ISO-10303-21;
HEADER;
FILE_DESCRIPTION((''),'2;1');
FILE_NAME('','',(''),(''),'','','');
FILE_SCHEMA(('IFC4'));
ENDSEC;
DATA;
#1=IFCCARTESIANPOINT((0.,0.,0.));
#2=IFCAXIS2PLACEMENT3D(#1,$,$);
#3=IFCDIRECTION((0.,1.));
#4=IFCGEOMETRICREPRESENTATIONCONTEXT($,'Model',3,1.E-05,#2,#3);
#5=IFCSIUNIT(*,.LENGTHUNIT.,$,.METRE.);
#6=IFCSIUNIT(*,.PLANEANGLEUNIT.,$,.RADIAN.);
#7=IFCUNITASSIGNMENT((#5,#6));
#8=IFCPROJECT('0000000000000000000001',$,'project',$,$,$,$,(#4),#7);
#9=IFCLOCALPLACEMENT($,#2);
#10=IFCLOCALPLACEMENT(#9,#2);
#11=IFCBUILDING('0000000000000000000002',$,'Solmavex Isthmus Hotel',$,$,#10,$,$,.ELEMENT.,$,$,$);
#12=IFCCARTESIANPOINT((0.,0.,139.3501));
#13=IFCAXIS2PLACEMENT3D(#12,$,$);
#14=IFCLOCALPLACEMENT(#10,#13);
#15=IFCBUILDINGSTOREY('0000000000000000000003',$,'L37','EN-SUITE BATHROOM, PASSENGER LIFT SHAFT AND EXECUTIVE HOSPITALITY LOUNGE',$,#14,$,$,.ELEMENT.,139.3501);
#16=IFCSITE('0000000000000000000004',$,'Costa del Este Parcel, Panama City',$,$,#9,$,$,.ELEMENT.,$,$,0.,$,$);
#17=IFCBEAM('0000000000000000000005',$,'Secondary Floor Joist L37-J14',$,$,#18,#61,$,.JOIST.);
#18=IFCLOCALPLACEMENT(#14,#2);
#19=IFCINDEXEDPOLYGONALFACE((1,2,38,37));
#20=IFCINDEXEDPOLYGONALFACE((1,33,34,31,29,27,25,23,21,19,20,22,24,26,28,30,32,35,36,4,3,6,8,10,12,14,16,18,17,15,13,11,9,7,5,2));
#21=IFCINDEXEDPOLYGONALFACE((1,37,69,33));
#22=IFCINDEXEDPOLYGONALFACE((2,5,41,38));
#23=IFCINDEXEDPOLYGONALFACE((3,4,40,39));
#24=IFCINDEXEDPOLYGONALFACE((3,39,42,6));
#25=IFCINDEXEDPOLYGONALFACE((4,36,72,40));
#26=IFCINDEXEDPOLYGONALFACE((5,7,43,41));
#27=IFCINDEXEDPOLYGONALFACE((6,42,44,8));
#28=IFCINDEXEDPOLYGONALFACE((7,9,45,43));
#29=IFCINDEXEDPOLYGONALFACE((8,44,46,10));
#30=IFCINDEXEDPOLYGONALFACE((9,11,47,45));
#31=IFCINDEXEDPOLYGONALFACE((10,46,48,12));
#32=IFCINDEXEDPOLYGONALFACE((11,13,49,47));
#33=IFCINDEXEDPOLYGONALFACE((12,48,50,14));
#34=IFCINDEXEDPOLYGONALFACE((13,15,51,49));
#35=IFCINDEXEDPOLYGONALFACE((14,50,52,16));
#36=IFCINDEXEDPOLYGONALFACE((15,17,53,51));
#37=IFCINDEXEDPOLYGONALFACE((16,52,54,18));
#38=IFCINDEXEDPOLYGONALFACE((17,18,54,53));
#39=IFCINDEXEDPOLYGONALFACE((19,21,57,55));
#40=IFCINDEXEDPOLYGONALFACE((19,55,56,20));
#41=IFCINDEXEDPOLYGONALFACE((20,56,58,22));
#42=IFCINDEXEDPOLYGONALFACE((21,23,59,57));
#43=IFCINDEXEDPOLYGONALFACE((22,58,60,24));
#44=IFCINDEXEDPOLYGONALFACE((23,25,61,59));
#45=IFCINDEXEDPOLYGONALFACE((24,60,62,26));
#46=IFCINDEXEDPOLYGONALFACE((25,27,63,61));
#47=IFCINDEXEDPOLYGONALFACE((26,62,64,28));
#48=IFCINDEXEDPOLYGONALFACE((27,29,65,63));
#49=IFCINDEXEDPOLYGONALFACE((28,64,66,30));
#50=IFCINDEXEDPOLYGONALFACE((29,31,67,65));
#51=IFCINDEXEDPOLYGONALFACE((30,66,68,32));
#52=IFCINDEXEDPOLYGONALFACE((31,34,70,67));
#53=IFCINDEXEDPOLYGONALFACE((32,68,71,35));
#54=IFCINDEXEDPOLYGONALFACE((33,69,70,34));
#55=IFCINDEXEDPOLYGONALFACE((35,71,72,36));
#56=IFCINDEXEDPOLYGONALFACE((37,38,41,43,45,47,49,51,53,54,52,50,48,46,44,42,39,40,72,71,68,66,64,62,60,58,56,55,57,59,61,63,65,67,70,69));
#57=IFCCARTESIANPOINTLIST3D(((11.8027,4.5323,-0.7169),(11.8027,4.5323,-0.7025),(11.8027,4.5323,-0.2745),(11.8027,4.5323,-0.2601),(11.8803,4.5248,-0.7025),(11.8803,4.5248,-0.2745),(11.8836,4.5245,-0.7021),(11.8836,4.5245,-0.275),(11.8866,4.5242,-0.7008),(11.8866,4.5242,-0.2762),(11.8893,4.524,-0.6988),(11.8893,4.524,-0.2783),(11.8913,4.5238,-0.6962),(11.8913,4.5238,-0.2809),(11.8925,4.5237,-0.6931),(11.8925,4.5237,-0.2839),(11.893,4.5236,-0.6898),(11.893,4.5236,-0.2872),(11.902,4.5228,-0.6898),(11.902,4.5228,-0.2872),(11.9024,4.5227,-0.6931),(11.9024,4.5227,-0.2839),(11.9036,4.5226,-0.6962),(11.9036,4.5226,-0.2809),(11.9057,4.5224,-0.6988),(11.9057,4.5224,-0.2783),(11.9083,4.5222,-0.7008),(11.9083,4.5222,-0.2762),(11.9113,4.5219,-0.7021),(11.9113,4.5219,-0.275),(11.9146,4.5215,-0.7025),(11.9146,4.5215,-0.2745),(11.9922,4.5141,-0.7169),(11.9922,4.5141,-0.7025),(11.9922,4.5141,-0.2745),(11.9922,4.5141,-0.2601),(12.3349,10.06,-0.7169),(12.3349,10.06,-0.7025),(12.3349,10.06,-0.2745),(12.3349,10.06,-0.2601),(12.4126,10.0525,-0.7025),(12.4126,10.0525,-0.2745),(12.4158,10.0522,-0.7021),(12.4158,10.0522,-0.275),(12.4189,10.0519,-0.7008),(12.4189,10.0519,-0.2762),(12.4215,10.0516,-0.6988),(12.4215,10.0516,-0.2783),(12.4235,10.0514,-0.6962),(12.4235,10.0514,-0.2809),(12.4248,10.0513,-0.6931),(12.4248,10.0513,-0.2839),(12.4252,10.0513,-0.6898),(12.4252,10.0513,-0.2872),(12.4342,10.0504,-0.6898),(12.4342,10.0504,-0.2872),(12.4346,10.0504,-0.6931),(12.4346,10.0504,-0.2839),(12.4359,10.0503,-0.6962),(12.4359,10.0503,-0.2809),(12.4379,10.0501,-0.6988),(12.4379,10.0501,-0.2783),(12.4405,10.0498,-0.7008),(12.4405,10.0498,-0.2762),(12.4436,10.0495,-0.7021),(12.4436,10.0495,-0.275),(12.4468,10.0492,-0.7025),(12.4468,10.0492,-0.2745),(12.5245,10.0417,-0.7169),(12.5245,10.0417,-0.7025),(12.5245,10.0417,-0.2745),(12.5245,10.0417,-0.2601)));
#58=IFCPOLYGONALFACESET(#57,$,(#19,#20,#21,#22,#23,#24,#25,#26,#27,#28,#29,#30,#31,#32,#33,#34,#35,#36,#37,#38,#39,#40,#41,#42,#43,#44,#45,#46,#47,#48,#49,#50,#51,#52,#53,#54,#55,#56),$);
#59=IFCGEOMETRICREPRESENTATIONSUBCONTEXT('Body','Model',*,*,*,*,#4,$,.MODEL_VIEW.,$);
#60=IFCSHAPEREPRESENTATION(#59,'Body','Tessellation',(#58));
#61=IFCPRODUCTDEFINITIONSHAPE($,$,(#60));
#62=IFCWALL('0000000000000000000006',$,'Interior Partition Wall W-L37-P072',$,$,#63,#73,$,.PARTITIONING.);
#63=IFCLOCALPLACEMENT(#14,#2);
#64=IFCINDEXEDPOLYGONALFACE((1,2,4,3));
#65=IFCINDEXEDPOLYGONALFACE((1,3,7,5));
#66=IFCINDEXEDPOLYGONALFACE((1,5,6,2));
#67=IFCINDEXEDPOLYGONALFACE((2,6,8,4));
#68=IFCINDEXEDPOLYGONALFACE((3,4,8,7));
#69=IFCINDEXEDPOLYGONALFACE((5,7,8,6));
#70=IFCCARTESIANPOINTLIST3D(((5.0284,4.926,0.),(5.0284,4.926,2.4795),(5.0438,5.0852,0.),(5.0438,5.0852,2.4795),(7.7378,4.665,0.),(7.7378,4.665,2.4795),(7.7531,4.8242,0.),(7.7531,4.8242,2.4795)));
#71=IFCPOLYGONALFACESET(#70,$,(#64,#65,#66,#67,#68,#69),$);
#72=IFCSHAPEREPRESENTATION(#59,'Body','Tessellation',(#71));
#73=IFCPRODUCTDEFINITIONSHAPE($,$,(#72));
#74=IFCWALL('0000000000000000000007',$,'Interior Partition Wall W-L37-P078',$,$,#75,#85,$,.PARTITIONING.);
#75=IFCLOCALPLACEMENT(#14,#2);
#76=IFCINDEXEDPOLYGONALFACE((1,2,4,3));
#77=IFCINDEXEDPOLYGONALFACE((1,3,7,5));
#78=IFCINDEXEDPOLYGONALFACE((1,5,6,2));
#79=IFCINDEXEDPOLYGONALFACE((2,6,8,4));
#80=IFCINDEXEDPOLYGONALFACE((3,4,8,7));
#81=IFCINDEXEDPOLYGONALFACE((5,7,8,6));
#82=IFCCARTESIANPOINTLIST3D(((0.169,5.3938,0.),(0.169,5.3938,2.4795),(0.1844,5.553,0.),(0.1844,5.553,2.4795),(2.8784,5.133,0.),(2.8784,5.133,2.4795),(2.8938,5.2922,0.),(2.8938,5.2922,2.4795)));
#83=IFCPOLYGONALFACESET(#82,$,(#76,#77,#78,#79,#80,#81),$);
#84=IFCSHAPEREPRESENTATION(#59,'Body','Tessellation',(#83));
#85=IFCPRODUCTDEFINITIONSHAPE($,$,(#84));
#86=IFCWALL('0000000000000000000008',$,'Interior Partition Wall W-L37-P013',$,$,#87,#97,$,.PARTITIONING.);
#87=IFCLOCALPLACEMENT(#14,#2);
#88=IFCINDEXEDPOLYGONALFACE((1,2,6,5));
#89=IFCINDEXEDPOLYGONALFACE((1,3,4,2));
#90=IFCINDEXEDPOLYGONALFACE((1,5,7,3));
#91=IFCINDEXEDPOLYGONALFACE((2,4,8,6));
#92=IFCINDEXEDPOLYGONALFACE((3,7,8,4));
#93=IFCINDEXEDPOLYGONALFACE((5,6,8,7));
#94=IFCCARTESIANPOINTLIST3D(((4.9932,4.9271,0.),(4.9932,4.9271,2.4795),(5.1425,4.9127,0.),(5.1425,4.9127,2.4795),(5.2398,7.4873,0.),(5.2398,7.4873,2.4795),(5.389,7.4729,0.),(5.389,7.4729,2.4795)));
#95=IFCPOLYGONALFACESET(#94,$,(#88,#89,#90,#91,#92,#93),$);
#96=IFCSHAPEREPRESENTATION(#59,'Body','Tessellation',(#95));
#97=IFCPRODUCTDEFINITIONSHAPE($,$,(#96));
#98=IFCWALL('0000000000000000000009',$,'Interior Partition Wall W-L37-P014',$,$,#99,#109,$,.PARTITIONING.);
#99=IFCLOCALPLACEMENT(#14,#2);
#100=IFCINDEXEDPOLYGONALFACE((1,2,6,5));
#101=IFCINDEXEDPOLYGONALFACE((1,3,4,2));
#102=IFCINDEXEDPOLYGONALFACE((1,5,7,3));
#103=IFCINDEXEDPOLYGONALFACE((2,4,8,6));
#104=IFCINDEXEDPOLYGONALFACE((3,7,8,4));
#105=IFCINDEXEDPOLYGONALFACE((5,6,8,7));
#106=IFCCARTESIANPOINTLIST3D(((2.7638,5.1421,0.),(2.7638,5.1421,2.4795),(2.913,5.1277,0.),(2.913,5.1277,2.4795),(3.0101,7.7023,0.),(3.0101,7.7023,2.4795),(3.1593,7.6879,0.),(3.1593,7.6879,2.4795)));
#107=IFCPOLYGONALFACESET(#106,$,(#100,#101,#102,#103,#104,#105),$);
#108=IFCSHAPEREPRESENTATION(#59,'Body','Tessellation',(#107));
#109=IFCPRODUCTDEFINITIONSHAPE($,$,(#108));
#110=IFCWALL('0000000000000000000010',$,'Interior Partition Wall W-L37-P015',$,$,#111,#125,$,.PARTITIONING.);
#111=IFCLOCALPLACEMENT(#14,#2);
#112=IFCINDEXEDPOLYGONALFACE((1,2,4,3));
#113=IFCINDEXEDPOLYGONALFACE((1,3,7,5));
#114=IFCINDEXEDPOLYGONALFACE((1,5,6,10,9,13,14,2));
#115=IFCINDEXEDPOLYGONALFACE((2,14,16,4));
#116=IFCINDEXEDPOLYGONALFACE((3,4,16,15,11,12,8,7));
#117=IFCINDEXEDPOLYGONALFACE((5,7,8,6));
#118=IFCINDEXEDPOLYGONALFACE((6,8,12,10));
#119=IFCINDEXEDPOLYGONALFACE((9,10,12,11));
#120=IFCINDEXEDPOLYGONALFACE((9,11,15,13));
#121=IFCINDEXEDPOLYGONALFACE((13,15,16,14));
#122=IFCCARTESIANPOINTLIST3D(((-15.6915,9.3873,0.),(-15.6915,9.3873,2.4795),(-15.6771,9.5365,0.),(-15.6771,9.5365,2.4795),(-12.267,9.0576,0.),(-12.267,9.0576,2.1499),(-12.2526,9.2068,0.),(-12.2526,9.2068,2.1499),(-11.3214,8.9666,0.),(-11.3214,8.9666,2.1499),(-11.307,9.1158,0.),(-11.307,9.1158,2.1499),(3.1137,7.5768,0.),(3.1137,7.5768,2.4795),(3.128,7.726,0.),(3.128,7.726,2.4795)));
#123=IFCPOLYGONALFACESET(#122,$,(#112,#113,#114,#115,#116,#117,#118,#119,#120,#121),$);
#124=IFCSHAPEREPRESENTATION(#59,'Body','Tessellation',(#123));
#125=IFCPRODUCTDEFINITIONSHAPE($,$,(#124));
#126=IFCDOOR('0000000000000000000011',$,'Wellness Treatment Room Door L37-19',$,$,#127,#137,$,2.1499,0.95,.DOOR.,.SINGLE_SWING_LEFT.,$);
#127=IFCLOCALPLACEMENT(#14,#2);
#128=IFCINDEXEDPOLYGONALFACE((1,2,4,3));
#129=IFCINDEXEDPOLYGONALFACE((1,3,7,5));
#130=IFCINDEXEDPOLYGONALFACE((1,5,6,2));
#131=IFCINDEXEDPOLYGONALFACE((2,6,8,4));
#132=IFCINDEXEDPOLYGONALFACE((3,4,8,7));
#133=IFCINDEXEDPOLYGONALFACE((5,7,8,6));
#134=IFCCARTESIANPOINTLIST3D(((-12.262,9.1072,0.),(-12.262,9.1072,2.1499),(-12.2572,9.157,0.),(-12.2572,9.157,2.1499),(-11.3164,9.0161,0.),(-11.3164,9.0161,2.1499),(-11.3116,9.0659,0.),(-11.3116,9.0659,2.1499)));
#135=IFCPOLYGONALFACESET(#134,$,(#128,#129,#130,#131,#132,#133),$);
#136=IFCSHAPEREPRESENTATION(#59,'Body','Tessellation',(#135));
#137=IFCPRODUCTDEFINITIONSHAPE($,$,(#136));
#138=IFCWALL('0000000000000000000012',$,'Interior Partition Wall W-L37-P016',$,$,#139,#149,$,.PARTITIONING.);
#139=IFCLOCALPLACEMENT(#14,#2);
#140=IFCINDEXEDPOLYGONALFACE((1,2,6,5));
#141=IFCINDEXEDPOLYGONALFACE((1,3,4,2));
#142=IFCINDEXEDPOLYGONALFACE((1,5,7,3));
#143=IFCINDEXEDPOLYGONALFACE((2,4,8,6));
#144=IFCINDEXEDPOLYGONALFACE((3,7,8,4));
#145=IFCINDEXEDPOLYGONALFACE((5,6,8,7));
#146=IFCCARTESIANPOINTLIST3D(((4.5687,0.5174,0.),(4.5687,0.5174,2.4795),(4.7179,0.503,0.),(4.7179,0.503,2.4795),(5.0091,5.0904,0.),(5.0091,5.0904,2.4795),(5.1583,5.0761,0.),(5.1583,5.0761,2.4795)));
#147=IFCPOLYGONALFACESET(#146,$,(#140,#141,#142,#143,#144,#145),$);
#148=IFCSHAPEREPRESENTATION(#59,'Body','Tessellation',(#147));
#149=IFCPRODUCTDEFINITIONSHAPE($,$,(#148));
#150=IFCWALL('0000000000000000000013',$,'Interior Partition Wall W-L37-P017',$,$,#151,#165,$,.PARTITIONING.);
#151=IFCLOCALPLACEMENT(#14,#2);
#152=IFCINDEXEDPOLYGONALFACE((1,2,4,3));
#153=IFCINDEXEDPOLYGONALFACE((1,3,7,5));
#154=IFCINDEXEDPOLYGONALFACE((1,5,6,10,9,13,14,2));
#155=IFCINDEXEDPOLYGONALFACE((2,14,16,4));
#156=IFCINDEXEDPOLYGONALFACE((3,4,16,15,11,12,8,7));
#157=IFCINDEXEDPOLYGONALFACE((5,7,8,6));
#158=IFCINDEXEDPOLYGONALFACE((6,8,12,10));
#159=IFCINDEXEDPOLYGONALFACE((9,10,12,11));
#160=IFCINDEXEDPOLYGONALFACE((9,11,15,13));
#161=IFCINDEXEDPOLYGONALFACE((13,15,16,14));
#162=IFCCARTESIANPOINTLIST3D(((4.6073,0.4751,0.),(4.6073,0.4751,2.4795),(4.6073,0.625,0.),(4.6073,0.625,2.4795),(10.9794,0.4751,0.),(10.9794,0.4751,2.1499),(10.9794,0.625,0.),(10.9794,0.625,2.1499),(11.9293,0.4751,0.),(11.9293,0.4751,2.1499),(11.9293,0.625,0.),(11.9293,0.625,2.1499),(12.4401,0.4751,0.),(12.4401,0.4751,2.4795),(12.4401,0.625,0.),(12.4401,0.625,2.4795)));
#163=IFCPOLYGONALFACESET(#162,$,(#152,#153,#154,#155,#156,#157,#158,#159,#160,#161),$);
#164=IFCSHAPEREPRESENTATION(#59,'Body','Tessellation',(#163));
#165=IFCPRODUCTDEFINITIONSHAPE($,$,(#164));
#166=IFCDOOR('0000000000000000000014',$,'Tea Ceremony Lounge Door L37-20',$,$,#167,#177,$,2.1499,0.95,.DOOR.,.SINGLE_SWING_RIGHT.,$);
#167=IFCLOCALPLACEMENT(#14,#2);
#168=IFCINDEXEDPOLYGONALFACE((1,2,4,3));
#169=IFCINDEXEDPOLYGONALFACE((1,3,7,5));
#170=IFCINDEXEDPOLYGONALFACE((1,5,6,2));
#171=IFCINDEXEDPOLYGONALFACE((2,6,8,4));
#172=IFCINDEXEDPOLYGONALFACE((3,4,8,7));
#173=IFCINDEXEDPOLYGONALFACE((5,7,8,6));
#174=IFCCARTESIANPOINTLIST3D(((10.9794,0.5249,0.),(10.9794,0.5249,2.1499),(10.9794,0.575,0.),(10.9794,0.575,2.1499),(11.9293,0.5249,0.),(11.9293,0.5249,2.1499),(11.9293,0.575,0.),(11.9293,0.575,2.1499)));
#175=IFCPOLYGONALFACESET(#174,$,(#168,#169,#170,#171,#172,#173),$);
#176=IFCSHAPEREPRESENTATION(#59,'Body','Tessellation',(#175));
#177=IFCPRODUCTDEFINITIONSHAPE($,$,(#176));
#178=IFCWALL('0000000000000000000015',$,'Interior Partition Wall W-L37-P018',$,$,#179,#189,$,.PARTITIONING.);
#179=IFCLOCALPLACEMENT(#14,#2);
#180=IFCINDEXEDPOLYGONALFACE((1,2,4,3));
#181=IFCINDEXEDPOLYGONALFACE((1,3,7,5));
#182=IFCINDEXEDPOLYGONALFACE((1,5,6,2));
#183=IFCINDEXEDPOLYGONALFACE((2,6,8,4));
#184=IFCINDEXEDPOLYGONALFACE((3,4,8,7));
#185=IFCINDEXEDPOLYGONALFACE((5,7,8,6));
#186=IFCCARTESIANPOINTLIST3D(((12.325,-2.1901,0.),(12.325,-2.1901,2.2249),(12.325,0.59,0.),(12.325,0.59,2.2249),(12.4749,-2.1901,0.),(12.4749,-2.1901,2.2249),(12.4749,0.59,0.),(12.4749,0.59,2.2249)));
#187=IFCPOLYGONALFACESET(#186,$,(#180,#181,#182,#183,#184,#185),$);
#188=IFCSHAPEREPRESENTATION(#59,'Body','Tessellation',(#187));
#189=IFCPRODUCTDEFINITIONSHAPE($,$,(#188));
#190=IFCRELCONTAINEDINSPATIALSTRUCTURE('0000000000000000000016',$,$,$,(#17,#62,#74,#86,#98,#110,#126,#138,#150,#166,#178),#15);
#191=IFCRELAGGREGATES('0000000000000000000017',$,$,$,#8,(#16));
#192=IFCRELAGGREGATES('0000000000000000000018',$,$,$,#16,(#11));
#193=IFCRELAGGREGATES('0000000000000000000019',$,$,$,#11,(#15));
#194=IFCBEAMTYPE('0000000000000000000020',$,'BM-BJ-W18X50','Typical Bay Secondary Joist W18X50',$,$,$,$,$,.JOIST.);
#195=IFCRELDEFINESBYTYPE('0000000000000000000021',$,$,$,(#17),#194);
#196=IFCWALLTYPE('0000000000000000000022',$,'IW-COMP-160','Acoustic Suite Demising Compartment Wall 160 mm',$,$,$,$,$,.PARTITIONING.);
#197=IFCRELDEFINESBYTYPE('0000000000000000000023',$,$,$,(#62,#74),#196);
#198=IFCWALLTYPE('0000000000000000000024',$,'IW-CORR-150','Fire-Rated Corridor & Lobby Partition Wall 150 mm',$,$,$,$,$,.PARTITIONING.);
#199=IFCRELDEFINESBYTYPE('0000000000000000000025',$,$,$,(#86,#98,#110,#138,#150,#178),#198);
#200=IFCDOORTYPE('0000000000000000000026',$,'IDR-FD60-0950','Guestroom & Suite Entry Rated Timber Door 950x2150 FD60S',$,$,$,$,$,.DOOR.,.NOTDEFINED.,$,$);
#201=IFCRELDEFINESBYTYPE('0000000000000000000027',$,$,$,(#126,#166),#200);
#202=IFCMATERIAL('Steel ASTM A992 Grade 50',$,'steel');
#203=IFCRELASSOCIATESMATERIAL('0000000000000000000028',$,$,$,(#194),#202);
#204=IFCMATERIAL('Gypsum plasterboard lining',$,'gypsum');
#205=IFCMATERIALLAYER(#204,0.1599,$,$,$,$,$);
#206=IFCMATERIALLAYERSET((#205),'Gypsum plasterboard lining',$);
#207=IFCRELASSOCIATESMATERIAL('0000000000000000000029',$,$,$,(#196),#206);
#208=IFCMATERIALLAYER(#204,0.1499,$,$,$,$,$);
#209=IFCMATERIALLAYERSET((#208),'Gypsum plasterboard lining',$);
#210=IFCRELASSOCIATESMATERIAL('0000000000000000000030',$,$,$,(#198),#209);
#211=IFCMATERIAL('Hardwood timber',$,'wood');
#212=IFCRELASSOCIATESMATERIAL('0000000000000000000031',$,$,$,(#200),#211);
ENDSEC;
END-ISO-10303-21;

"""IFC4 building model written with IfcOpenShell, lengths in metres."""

from ifc_helpers import new_model, si_unit, direction, frame, frame_2d, origin, origin_2d, place, context, subcontext, project, spatial, rectangle, i_section, extrude, material, layer, layer_set, material_profile, profile_set, type_object, element, fill, save


model = new_model("IFC4")

# Units and contexts
model_context = context("Model", 3, precision=1e-05, world=origin(), true_north=direction((0.0, 1.0)))
body_context = subcontext(model_context, "Body", "Model", "MODEL_VIEW")
ifc_project = project(units=[si_unit("LENGTHUNIT", "METRE"), si_unit("PLANEANGLEUNIT", "RADIAN")], contexts=[model_context])

# Site, building, storey
site_placement = place(None, origin())
site = spatial("IfcSite", under=ifc_project, at=site_placement, Name="Costa del Este Parcel, Panama City", CompositionType="ELEMENT", RefElevation=0.0)
building_placement = place(site_placement, origin())
building = spatial("IfcBuilding", under=site, at=building_placement, Name="Solmavex Isthmus Hotel", CompositionType="ELEMENT")
storey_placement = place(building_placement, frame((0.0, 0.0, 139.3501)))
storey = spatial("IfcBuildingStorey", under=building, at=storey_placement, Name="L37", Description="EN-SUITE BATHROOM, PASSENGER LIFT SHAFT AND EXECUTIVE HOSPITALITY LOUNGE", CompositionType="ELEMENT", Elevation=139.3501)

# Beam
ifc_material_1 = material(Name="Steel ASTM A992 Grade 50", Category="steel")
ifc_material_profile_1 = material_profile(ifc_material_1, i_section(OverallWidth=0.1904, OverallDepth=0.4568, WebThickness=0.009, FlangeThickness=0.0144, FilletRadius=0.0127, at=origin_2d()), Name="W18X50")
ifc_profile_set_1 = profile_set([ifc_material_profile_1], Name="Steel ASTM A992 Grade 50")
beam_type_1 = type_object("IfcBeamType", Name="BM-BJ-W18X50", Description="Typical Bay Secondary Joist W18X50", PredefinedType="JOIST", material=ifc_profile_set_1)
beam_1_placement = place(storey_placement, frame((11.8975, 4.5232, -0.4885), z_axis=(0.095842, 0.995397, 0.0), x_axis=(-0.995397, 0.095842, 0.0)))
element("IfcBeam", 1, at=beam_1_placement, inside=storey, type_object=beam_type_1, Name="Secondary Floor Joist L37-J14", PredefinedType="JOIST", context=body_context, shape_type="SweptSolid", body=[
    extrude(i_section(OverallWidth=0.1904, OverallDepth=0.4568, WebThickness=0.009, FlangeThickness=0.0144, FilletRadius=0.0127, at=origin_2d()), origin(), (0.0, 0.0, 1.0), 5.5532),
])

# Walls
ifc_material_2 = material(Name="Gypsum plasterboard lining", Category="gypsum")
ifc_layer_1 = layer(ifc_material_2, 0.1599)
ifc_layer_set_1 = layer_set([ifc_layer_1], Name="Gypsum plasterboard lining")
wall_type_1 = type_object("IfcWallType", Name="IW-COMP-160", Description="Acoustic Suite Demising Compartment Wall 160 mm", PredefinedType="PARTITIONING", material=ifc_layer_set_1)
for number, where, z_axis, x_axis, name in (
    (2, (7.7454, 4.7446, 0.0), (0.0, 0.0, 1.0), (-0.995393, 0.09588, 0.0), "Interior Partition Wall W-L37-P072"),
    (3, (2.886, 5.2126, 0.0), (0.0, 0.0, 1.0), (-0.995401, 0.095791, 0.0), "Interior Partition Wall W-L37-P078"),
):
    element("IfcWall", number, at=place(storey_placement, frame(where, z_axis=z_axis, x_axis=x_axis)), inside=storey, type_object=wall_type_1, Name=name, PredefinedType="PARTITIONING", context=body_context, shape_type="SweptSolid", body=[
        extrude(rectangle(XDim=2.7219, YDim=0.1599, at=frame_2d((1.3608, 0.0))), origin(), (0.0, 0.0, 1.0), 2.4795),
    ])
ifc_layer_2 = layer(ifc_material_2, 0.1499)
ifc_layer_set_2 = layer_set([ifc_layer_2], Name="Gypsum plasterboard lining")
wall_type_2 = type_object("IfcWallType", Name="IW-CORR-150", Description="Fire-Rated Corridor & Lobby Partition Wall 150 mm", PredefinedType="PARTITIONING", material=ifc_layer_set_2)
for number, where, z_axis, x_axis, name in (
    (4, (5.3145, 7.4802, 0.0), (0.0, 0.0, 1.0), (-0.095875, -0.995393, 0.0), "Interior Partition Wall W-L37-P013"),
    (5, (2.8384, 5.1348, 0.0), (0.0, 0.0, 1.0), (0.095772, 0.995403, 0.0), "Interior Partition Wall W-L37-P014"),
):
    element("IfcWall", number, at=place(storey_placement, frame(where, z_axis=z_axis, x_axis=x_axis)), inside=storey, type_object=wall_type_2, Name=name, PredefinedType="PARTITIONING", context=body_context, shape_type="SweptSolid", body=[
        extrude(rectangle(XDim=2.572, YDim=0.1499, at=frame_2d((1.2861, 0.0))), origin(), (0.0, 0.0, 1.0), 2.4795),
    ])

# Wall, opening, door
wall_1_placement = place(storey_placement, frame((3.1208, 7.6514, 0.0), z_axis=(0.0, 0.0, 1.0), x_axis=(-0.995397, 0.095836, 0.0)))
wall_1 = element("IfcWall", 6, at=wall_1_placement, inside=storey, type_object=wall_type_2, Name="Interior Partition Wall W-L37-P015", PredefinedType="PARTITIONING", context=body_context, shape_type="SweptSolid", body=[
    extrude(rectangle(XDim=18.8921, YDim=0.1499, at=frame_2d((9.446, 0.0))), origin(), (0.0, 0.0, 1.0), 2.4795),
])
opening_1_placement = place(wall_1_placement, frame((14.5017, 0.0, 0.0)))
opening_1 = element("IfcOpeningElement", 7, at=opening_1_placement, cuts=wall_1, PredefinedType="OPENING", context=body_context, shape_type="SweptSolid", body=[
    extrude(rectangle(XDim=0.95, YDim=2.1499, at=frame_2d((0.4751, 1.075))), frame((0.0, 0.085, 0.0), z_axis=(0.0, -1.0, 0.0), x_axis=(1.0, 0.0, 0.0)), (0.0, 0.0, 1.0), 0.1699),
])
ifc_material_3 = material(Name="Hardwood timber", Category="wood")
door_type = type_object("IfcDoorType", Name="IDR-FD60-0950", Description="Guestroom & Suite Entry Rated Timber Door 950x2150 FD60S", OperationType="NOTDEFINED", PredefinedType="DOOR", material=ifc_material_3)
door_1_placement = place(opening_1_placement, frame((0.95, 0.0, 0.0), z_axis=(0.0, 0.0, 1.0), x_axis=(-1.0, 0.0, 0.0)))
door_1 = element("IfcDoor", 8, at=door_1_placement, inside=storey, type_object=door_type, Name="Wellness Treatment Room Door L37-19", OperationType="SINGLE_SWING_LEFT", OverallHeight=2.1499, OverallWidth=0.95, PredefinedType="DOOR", context=body_context, shape_type="SweptSolid", body=[
    extrude(rectangle(XDim=0.95, YDim=2.1499, at=frame_2d((0.4751, 1.075))), frame((0.0, 0.0249, 0.0), z_axis=(0.0, -1.0, 0.0), x_axis=(1.0, 0.0, 0.0)), (0.0, 0.0, 1.0), 0.05),
])
fill(opening_1, door_1)

# Wall
wall_2_placement = place(storey_placement, frame((5.0837, 5.0833, 0.0), z_axis=(0.0, 0.0, 1.0), x_axis=(-0.095867, -0.995394, 0.0)))
element("IfcWall", 9, at=wall_2_placement, inside=storey, type_object=wall_type_2, Name="Interior Partition Wall W-L37-P016", PredefinedType="PARTITIONING", context=body_context, shape_type="SweptSolid", body=[
    extrude(rectangle(XDim=4.5942, YDim=0.1499, at=frame_2d((2.2971, 0.0))), origin(), (0.0, 0.0, 1.0), 2.4795),
])

# Wall, opening, door
wall_3_placement = place(storey_placement, frame((4.6072, 0.55, 0.0), z_axis=(0.0, 0.0, 1.0), x_axis=(1.0, 0.0, 0.0)))
wall_3 = element("IfcWall", 10, at=wall_3_placement, inside=storey, type_object=wall_type_2, Name="Interior Partition Wall W-L37-P017", PredefinedType="PARTITIONING", context=body_context, shape_type="SweptSolid", body=[
    extrude(rectangle(XDim=7.8328, YDim=0.1499, at=frame_2d((3.9165, 0.0))), origin(), (0.0, 0.0, 1.0), 2.4795),
])
opening_2_placement = place(wall_3_placement, frame((6.3721, 0.0, 0.0)))
opening_2 = element("IfcOpeningElement", 11, at=opening_2_placement, cuts=wall_3, PredefinedType="OPENING", context=body_context, shape_type="SweptSolid", body=[
    extrude(rectangle(XDim=0.95, YDim=2.1499, at=frame_2d((0.4751, 1.075))), frame((0.0, 0.085, 0.0), z_axis=(0.0, -1.0, 0.0), x_axis=(1.0, 0.0, 0.0)), (0.0, 0.0, 1.0), 0.1699),
])
door_2_placement = place(opening_2_placement, origin())
door_2 = element("IfcDoor", 12, at=door_2_placement, inside=storey, type_object=door_type, Name="Tea Ceremony Lounge Door L37-20", OperationType="SINGLE_SWING_RIGHT", OverallHeight=2.1499, OverallWidth=0.95, PredefinedType="DOOR", context=body_context, shape_type="SweptSolid", body=[
    extrude(rectangle(XDim=0.95, YDim=2.1499, at=frame_2d((0.4751, 1.075))), frame((0.0, 0.0249, 0.0), z_axis=(0.0, -1.0, 0.0), x_axis=(1.0, 0.0, 0.0)), (0.0, 0.0, 1.0), 0.05),
])
fill(opening_2, door_2)

# Wall
wall_4_placement = place(storey_placement, frame((12.3999, 0.5901, 0.0), z_axis=(0.0, 0.0, 1.0), x_axis=(0.0, -1.0, 0.0)))
element("IfcWall", 13, at=wall_4_placement, inside=storey, type_object=wall_type_2, Name="Interior Partition Wall W-L37-P018", PredefinedType="PARTITIONING", context=body_context, shape_type="SweptSolid", body=[
    extrude(rectangle(XDim=2.78, YDim=0.1499, at=frame_2d((1.3901, 0.0))), origin(), (0.0, 0.0, 1.0), 2.2249),
])

save(model, "model.ifc")
